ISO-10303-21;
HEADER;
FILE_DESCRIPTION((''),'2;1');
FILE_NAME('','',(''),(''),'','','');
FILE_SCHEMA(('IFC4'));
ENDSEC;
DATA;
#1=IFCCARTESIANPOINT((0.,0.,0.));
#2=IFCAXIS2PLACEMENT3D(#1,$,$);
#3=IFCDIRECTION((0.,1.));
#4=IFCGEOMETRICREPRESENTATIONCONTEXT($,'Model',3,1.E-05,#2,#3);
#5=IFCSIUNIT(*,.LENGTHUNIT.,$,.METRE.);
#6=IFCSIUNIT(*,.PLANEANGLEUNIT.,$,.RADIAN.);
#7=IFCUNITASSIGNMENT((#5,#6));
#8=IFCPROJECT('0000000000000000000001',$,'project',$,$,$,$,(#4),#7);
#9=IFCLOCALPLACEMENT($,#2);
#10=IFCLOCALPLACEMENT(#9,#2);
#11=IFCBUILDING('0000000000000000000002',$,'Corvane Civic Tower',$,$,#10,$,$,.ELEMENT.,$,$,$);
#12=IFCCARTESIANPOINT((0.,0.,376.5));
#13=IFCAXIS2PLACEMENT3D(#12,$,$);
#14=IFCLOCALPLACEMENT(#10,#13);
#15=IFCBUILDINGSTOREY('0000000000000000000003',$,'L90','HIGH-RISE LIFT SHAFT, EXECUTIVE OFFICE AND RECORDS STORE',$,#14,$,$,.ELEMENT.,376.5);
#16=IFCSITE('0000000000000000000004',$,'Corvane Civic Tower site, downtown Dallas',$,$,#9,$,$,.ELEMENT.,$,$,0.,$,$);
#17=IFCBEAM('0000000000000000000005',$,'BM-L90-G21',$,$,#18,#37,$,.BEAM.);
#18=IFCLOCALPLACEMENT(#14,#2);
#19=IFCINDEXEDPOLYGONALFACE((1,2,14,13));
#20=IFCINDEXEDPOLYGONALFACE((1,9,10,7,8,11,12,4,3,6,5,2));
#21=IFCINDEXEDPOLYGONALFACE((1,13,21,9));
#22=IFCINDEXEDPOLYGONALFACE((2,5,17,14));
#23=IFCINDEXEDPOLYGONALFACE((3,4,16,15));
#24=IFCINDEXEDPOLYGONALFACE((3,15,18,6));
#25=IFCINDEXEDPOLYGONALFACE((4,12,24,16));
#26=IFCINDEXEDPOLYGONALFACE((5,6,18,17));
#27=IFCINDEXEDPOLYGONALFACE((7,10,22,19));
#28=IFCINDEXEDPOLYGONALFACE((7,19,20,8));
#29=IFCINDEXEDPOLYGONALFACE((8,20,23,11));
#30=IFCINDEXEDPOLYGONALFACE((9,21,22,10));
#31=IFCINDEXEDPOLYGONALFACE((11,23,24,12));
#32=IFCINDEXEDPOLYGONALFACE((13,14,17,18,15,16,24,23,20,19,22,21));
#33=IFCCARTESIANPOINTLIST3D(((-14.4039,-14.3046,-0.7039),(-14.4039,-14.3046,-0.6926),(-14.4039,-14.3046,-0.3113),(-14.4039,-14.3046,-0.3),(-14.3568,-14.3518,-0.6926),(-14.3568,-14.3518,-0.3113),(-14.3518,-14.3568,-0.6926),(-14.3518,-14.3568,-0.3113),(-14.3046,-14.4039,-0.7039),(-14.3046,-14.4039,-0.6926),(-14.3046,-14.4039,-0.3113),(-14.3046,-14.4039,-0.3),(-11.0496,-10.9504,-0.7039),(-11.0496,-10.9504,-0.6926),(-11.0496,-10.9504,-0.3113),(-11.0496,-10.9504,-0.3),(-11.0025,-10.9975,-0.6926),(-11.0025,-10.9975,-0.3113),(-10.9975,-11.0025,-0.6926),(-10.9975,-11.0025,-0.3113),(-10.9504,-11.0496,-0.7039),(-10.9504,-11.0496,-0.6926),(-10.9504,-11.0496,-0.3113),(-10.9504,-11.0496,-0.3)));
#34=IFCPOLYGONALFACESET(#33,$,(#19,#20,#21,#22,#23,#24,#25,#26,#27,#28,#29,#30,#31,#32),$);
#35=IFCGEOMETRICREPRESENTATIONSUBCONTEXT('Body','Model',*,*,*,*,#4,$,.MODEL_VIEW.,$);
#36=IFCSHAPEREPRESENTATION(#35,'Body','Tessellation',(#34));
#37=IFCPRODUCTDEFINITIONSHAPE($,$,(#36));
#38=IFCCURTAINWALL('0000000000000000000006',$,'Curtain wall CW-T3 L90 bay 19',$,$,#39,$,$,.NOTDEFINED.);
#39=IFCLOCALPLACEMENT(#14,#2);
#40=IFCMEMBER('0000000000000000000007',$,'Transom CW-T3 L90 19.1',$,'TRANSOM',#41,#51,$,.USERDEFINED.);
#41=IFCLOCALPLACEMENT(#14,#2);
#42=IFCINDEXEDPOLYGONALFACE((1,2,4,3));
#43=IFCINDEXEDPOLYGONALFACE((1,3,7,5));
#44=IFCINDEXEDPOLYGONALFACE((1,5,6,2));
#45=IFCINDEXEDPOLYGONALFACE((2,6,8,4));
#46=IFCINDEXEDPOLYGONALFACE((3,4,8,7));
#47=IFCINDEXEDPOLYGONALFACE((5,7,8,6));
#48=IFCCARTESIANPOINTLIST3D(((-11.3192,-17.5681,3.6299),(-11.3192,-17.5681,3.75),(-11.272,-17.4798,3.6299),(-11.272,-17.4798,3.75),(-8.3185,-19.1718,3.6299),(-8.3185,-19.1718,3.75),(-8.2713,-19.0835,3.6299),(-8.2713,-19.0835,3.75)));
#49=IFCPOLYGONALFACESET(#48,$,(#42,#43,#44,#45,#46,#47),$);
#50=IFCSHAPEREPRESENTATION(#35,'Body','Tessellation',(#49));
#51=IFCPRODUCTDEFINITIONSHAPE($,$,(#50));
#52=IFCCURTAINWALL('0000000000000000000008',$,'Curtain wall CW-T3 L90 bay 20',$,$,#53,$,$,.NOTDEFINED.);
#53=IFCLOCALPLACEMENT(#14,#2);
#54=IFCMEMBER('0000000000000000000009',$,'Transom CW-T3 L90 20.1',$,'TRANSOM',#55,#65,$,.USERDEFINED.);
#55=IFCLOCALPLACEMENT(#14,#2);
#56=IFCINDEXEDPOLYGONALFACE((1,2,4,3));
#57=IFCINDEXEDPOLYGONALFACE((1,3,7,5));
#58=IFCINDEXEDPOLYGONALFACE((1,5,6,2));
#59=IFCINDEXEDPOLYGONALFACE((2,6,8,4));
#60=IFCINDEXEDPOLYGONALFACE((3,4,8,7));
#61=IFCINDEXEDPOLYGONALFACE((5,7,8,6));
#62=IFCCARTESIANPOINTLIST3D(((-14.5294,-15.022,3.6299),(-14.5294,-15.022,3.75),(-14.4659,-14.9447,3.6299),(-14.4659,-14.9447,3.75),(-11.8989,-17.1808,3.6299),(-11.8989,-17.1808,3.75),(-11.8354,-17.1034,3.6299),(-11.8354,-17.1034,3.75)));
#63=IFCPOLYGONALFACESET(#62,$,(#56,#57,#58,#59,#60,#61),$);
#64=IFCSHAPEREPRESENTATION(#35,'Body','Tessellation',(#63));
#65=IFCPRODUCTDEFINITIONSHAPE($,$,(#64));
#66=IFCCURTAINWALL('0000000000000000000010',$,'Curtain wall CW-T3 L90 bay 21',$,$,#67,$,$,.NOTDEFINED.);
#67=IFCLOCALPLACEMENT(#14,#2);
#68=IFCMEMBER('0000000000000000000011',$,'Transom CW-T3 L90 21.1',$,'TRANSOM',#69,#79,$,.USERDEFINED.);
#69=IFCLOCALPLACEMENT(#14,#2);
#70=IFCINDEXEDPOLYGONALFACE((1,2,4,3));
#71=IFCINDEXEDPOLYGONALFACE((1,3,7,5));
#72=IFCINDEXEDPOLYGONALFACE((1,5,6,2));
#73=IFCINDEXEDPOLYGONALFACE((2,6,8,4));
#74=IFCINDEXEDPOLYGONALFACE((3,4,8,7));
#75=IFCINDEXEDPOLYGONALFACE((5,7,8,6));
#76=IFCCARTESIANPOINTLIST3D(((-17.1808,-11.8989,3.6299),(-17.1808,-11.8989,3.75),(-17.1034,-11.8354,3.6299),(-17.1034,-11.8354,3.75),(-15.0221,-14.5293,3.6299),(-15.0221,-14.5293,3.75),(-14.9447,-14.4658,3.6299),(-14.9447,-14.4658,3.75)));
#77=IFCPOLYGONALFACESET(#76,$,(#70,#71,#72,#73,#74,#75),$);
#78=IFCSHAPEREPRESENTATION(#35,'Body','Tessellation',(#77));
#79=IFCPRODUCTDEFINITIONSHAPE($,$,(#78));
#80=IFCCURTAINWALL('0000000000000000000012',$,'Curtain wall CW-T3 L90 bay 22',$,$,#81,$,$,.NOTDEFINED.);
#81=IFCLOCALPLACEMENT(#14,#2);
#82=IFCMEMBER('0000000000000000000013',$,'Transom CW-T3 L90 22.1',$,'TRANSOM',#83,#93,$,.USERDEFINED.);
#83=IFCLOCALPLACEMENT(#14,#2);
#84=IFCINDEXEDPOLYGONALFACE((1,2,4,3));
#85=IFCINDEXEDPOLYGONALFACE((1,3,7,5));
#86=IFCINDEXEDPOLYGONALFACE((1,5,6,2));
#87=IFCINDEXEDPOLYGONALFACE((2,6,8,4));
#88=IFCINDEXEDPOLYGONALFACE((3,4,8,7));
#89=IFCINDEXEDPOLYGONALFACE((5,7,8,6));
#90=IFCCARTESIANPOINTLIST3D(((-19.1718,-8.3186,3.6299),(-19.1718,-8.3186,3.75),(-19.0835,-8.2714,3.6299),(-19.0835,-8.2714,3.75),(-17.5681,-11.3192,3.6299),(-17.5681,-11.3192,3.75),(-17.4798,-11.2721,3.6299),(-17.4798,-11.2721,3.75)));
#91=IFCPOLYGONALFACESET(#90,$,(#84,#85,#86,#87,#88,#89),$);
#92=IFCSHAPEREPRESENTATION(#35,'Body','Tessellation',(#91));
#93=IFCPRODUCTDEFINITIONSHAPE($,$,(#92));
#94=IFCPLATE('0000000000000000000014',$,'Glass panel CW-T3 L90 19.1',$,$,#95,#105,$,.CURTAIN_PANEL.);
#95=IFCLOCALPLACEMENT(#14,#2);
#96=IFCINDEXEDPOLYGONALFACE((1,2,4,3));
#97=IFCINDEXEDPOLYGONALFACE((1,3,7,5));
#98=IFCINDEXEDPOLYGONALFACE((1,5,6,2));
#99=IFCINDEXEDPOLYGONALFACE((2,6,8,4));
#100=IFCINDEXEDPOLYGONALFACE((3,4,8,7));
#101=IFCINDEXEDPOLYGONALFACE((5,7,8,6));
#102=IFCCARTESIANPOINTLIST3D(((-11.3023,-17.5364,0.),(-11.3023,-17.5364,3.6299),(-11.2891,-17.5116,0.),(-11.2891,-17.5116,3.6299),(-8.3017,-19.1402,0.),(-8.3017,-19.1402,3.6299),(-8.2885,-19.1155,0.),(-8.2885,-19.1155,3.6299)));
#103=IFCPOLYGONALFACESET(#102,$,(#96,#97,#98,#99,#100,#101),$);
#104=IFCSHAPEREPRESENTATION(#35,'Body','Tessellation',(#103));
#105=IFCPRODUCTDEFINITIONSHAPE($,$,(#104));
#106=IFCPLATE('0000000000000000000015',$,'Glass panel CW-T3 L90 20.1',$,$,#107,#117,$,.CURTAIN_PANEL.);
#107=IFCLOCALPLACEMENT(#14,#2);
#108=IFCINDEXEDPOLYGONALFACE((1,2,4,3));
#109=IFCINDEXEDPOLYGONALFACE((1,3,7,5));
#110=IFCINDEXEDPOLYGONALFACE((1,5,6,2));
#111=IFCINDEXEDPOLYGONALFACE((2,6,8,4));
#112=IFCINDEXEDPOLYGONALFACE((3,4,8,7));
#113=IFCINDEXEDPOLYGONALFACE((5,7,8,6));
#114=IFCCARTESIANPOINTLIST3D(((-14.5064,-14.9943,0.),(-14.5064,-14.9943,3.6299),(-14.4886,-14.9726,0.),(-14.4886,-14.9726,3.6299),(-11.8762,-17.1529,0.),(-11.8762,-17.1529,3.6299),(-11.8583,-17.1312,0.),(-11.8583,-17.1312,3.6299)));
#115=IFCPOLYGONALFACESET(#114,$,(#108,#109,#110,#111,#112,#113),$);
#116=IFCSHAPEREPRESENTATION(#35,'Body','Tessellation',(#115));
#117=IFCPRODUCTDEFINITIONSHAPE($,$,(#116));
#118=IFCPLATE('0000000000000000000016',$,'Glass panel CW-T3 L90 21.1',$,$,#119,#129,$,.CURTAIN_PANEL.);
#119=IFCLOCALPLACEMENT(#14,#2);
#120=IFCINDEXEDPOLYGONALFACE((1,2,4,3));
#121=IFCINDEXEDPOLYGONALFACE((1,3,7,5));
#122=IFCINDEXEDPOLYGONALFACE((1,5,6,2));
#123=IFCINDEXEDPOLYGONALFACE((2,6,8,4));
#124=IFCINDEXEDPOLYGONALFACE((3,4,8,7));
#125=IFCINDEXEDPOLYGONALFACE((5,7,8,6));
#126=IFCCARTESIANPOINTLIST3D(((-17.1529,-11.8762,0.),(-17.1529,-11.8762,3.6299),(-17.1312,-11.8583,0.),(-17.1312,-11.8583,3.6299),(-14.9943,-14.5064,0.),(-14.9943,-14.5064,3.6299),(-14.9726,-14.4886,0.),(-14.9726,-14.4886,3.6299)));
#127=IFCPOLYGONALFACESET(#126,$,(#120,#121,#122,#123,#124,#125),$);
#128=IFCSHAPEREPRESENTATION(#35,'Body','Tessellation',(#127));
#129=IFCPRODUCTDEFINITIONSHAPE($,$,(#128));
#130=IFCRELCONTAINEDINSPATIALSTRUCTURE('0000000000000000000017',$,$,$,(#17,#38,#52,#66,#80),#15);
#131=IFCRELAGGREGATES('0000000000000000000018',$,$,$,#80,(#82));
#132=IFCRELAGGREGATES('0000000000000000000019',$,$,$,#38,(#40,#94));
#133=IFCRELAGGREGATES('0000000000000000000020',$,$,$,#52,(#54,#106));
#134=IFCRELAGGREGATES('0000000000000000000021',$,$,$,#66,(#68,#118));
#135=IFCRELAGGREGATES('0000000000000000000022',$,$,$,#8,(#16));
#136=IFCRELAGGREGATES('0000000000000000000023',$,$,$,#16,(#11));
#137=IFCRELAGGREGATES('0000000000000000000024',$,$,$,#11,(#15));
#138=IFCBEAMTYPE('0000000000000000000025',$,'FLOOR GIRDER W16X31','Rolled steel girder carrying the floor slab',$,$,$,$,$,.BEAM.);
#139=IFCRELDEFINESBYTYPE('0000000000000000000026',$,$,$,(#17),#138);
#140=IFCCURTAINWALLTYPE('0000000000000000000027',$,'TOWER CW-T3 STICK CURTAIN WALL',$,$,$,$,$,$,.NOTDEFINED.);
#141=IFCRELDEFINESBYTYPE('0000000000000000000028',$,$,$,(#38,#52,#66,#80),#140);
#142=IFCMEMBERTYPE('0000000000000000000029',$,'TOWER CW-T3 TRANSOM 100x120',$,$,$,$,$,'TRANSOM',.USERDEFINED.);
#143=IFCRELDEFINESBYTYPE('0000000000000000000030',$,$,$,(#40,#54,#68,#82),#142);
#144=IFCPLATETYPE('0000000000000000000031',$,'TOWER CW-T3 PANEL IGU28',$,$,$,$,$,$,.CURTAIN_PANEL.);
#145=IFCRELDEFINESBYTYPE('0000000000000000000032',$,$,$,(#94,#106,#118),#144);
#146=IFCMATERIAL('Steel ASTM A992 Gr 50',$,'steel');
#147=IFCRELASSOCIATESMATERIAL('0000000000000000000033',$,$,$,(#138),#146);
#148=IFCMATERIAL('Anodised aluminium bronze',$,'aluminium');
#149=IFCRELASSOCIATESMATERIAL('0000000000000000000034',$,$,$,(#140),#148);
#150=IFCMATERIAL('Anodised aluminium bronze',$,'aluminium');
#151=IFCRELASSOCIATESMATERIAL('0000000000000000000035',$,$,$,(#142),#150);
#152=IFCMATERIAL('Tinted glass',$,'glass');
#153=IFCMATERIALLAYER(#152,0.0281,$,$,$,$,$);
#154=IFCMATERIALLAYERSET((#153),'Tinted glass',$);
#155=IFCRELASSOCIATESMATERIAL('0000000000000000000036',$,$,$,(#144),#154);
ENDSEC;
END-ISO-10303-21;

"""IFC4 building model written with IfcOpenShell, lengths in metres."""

from ifc_helpers import new_model, si_unit, direction, frame, origin, origin_2d, place, context, subcontext, project, spatial, rectangle, i_section, extrude, material, layer, layer_set, material_profile, profile_set, type_object, element, aggregate, save


model = new_model("IFC4")

# Units and contexts
model_context = context("Model", 3, precision=1e-05, world=origin(), true_north=direction((0.0, 1.0)))
body_context = subcontext(model_context, "Body", "Model", "MODEL_VIEW")
ifc_project = project(units=[si_unit("LENGTHUNIT", "METRE"), si_unit("PLANEANGLEUNIT", "RADIAN")], contexts=[model_context])

# Site, building, storey
site_placement = place(None, origin())
site = spatial("IfcSite", under=ifc_project, at=site_placement, Name="Corvane Civic Tower site, downtown Dallas", CompositionType="ELEMENT", RefElevation=0.0)
building_placement = place(site_placement, origin())
building = spatial("IfcBuilding", under=site, at=building_placement, Name="Corvane Civic Tower", CompositionType="ELEMENT")
storey_placement = place(building_placement, frame((0.0, 0.0, 376.5)))
storey = spatial("IfcBuildingStorey", under=building, at=storey_placement, Name="L90", Description="HIGH-RISE LIFT SHAFT, EXECUTIVE OFFICE AND RECORDS STORE", CompositionType="ELEMENT", Elevation=376.5)

# Beam
ifc_material_1 = material(Name="Steel ASTM A992 Gr 50", Category="steel")
ifc_material_profile_1 = material_profile(ifc_material_1, i_section(OverallWidth=0.1404, OverallDepth=0.4038, WebThickness=0.0071, FlangeThickness=0.0112, at=origin_2d()), Name="W16X31")
ifc_profile_set_1 = profile_set([ifc_material_profile_1], Name="Steel ASTM A992 Gr 50")
beam_type_1 = type_object("IfcBeamType", Name="FLOOR GIRDER W16X31", Description="Rolled steel girder carrying the floor slab", PredefinedType="BEAM", material=ifc_profile_set_1)
beam_placement = place(storey_placement, frame((-11.0, -11.0, -0.502), z_axis=(-0.707107, -0.707107, 0.0), x_axis=(0.707107, -0.707107, 0.0)))
element("IfcBeam", 1, at=beam_placement, inside=storey, type_object=beam_type_1, Name="BM-L90-G21", PredefinedType="BEAM", context=body_context, shape_type="SweptSolid", body=[
    extrude(i_section(OverallWidth=0.1404, OverallDepth=0.4038, WebThickness=0.0071, FlangeThickness=0.0112, at=origin_2d()), origin(), (0.0, 0.0, 1.0), 4.7437),
])

# Curtain walls, members
ifc_material_2 = material(Name="Anodised aluminium bronze", Category="aluminium")
curtain_wall_type = type_object("IfcCurtainWallType", Name="TOWER CW-T3 STICK CURTAIN WALL", PredefinedType="NOTDEFINED", material=ifc_material_2)
curtain_wall_1_placement = place(storey_placement, origin())
curtain_wall_1 = element("IfcCurtainWall", 2, at=curtain_wall_1_placement, inside=storey, type_object=curtain_wall_type, Name="Curtain wall CW-T3 L90 bay 19", PredefinedType="NOTDEFINED")
ifc_material_3 = material(Name="Anodised aluminium bronze", Category="aluminium")
ifc_material_profile_2 = material_profile(ifc_material_3, rectangle(XDim=0.1001, YDim=0.1201, at=origin_2d()), Name="TOWER CW-T3 TRANSOM 100x120")
ifc_profile_set_2 = profile_set([ifc_material_profile_2], Name="Anodised aluminium bronze")
member_type = type_object("IfcMemberType", Name="TOWER CW-T3 TRANSOM 100x120", ElementType="TRANSOM", PredefinedType="USERDEFINED", material=ifc_profile_set_2)
member_1_placement = place(storey_placement, frame((-8.2949, -19.1277, 3.6899), z_axis=(-0.881941, 0.471359, 0.0), x_axis=(-0.471359, -0.881941, 0.0)))
member_1 = element("IfcMember", 3, at=member_1_placement, type_object=member_type, Name="Transom CW-T3 L90 19.1", ObjectType="TRANSOM", PredefinedType="USERDEFINED", context=body_context, shape_type="SweptSolid", body=[
    extrude(rectangle(XDim=0.1001, YDim=0.1201, at=origin_2d()), origin(), (0.0, 0.0, 1.0), 3.4023),
])
curtain_wall_2_placement = place(storey_placement, origin())
curtain_wall_2 = element("IfcCurtainWall", 4, at=curtain_wall_2_placement, inside=storey, type_object=curtain_wall_type, Name="Curtain wall CW-T3 L90 bay 20", PredefinedType="NOTDEFINED")
member_2_placement = place(storey_placement, frame((-11.8672, -17.1421, 3.6899), z_axis=(-0.77301, 0.634394, 0.0), x_axis=(-0.634394, -0.77301, 0.0)))
member_2 = element("IfcMember", 5, at=member_2_placement, type_object=member_type, Name="Transom CW-T3 L90 20.1", ObjectType="TRANSOM", PredefinedType="USERDEFINED", context=body_context, shape_type="SweptSolid", body=[
    extrude(rectangle(XDim=0.1001, YDim=0.1201, at=origin_2d()), origin(), (0.0, 0.0, 1.0), 3.4028),
])
curtain_wall_3_placement = place(storey_placement, origin())
curtain_wall_3 = element("IfcCurtainWall", 6, at=curtain_wall_3_placement, inside=storey, type_object=curtain_wall_type, Name="Curtain wall CW-T3 L90 bay 21", PredefinedType="NOTDEFINED")
member_3_placement = place(storey_placement, frame((-14.9834, -14.4976, 3.6899), z_axis=(-0.634394, 0.77301, 0.0), x_axis=(-0.77301, -0.634394, 0.0)))
member_3 = element("IfcMember", 7, at=member_3_placement, type_object=member_type, Name="Transom CW-T3 L90 21.1", ObjectType="TRANSOM", PredefinedType="USERDEFINED", context=body_context, shape_type="SweptSolid", body=[
    extrude(rectangle(XDim=0.1001, YDim=0.1201, at=origin_2d()), origin(), (0.0, 0.0, 1.0), 3.4028),
])
curtain_wall_4_placement = place(storey_placement, origin())
curtain_wall_4 = element("IfcCurtainWall", 8, at=curtain_wall_4_placement, inside=storey, type_object=curtain_wall_type, Name="Curtain wall CW-T3 L90 bay 22", PredefinedType="NOTDEFINED")
member_4_placement = place(storey_placement, frame((-17.5239, -11.2957, 3.6899), z_axis=(-0.471359, 0.881941, 0.0), x_axis=(-0.881941, -0.471359, 0.0)))
member_4 = element("IfcMember", 9, at=member_4_placement, type_object=member_type, Name="Transom CW-T3 L90 22.1", ObjectType="TRANSOM", PredefinedType="USERDEFINED", context=body_context, shape_type="SweptSolid", body=[
    extrude(rectangle(XDim=0.1001, YDim=0.1201, at=origin_2d()), origin(), (0.0, 0.0, 1.0), 3.4023),
])
aggregate(curtain_wall_4, [member_4])

# Plates
ifc_material_4 = material(Name="Tinted glass", Category="glass")
ifc_layer_1 = layer(ifc_material_4, 0.0281)
ifc_layer_set_1 = layer_set([ifc_layer_1], Name="Tinted glass")
plate_type = type_object("IfcPlateType", Name="TOWER CW-T3 PANEL IGU28", PredefinedType="CURTAIN_PANEL", material=ifc_layer_set_1)
plate_1_placement = place(storey_placement, frame((-9.7954, -18.3259, 0.0), z_axis=(0.0, 0.0, 1.0), x_axis=(-0.881928, 0.471384, 0.0)))
plate_1 = element("IfcPlate", 10, at=plate_1_placement, type_object=plate_type, Name="Glass panel CW-T3 L90 19.1", PredefinedType="CURTAIN_PANEL", context=body_context, shape_type="SweptSolid", body=[
    extrude(rectangle(XDim=3.4023, YDim=0.0281, at=origin_2d()), origin(), (0.0, 0.0, 1.0), 3.6299),
])
aggregate(curtain_wall_1, [member_1, plate_1])
plate_2_placement = place(storey_placement, frame((-13.1824, -16.0627, 0.0), z_axis=(0.0, 0.0, 1.0), x_axis=(-0.77301, 0.634393, 0.0)))
plate_2 = element("IfcPlate", 11, at=plate_2_placement, type_object=plate_type, Name="Glass panel CW-T3 L90 20.1", PredefinedType="CURTAIN_PANEL", context=body_context, shape_type="SweptSolid", body=[
    extrude(rectangle(XDim=3.4026, YDim=0.0281, at=origin_2d()), origin(), (0.0, 0.0, 1.0), 3.6299),
])
aggregate(curtain_wall_2, [member_2, plate_2])
plate_3_placement = place(storey_placement, frame((-16.0627, -13.1824, 0.0), z_axis=(0.0, 0.0, 1.0), x_axis=(-0.634393, 0.77301, 0.0)))
plate_3 = element("IfcPlate", 12, at=plate_3_placement, type_object=plate_type, Name="Glass panel CW-T3 L90 21.1", PredefinedType="CURTAIN_PANEL", context=body_context, shape_type="SweptSolid", body=[
    extrude(rectangle(XDim=3.4026, YDim=0.0281, at=origin_2d()), origin(), (0.0, 0.0, 1.0), 3.6299),
])
aggregate(curtain_wall_3, [member_3, plate_3])

save(model, "model.ifc")
